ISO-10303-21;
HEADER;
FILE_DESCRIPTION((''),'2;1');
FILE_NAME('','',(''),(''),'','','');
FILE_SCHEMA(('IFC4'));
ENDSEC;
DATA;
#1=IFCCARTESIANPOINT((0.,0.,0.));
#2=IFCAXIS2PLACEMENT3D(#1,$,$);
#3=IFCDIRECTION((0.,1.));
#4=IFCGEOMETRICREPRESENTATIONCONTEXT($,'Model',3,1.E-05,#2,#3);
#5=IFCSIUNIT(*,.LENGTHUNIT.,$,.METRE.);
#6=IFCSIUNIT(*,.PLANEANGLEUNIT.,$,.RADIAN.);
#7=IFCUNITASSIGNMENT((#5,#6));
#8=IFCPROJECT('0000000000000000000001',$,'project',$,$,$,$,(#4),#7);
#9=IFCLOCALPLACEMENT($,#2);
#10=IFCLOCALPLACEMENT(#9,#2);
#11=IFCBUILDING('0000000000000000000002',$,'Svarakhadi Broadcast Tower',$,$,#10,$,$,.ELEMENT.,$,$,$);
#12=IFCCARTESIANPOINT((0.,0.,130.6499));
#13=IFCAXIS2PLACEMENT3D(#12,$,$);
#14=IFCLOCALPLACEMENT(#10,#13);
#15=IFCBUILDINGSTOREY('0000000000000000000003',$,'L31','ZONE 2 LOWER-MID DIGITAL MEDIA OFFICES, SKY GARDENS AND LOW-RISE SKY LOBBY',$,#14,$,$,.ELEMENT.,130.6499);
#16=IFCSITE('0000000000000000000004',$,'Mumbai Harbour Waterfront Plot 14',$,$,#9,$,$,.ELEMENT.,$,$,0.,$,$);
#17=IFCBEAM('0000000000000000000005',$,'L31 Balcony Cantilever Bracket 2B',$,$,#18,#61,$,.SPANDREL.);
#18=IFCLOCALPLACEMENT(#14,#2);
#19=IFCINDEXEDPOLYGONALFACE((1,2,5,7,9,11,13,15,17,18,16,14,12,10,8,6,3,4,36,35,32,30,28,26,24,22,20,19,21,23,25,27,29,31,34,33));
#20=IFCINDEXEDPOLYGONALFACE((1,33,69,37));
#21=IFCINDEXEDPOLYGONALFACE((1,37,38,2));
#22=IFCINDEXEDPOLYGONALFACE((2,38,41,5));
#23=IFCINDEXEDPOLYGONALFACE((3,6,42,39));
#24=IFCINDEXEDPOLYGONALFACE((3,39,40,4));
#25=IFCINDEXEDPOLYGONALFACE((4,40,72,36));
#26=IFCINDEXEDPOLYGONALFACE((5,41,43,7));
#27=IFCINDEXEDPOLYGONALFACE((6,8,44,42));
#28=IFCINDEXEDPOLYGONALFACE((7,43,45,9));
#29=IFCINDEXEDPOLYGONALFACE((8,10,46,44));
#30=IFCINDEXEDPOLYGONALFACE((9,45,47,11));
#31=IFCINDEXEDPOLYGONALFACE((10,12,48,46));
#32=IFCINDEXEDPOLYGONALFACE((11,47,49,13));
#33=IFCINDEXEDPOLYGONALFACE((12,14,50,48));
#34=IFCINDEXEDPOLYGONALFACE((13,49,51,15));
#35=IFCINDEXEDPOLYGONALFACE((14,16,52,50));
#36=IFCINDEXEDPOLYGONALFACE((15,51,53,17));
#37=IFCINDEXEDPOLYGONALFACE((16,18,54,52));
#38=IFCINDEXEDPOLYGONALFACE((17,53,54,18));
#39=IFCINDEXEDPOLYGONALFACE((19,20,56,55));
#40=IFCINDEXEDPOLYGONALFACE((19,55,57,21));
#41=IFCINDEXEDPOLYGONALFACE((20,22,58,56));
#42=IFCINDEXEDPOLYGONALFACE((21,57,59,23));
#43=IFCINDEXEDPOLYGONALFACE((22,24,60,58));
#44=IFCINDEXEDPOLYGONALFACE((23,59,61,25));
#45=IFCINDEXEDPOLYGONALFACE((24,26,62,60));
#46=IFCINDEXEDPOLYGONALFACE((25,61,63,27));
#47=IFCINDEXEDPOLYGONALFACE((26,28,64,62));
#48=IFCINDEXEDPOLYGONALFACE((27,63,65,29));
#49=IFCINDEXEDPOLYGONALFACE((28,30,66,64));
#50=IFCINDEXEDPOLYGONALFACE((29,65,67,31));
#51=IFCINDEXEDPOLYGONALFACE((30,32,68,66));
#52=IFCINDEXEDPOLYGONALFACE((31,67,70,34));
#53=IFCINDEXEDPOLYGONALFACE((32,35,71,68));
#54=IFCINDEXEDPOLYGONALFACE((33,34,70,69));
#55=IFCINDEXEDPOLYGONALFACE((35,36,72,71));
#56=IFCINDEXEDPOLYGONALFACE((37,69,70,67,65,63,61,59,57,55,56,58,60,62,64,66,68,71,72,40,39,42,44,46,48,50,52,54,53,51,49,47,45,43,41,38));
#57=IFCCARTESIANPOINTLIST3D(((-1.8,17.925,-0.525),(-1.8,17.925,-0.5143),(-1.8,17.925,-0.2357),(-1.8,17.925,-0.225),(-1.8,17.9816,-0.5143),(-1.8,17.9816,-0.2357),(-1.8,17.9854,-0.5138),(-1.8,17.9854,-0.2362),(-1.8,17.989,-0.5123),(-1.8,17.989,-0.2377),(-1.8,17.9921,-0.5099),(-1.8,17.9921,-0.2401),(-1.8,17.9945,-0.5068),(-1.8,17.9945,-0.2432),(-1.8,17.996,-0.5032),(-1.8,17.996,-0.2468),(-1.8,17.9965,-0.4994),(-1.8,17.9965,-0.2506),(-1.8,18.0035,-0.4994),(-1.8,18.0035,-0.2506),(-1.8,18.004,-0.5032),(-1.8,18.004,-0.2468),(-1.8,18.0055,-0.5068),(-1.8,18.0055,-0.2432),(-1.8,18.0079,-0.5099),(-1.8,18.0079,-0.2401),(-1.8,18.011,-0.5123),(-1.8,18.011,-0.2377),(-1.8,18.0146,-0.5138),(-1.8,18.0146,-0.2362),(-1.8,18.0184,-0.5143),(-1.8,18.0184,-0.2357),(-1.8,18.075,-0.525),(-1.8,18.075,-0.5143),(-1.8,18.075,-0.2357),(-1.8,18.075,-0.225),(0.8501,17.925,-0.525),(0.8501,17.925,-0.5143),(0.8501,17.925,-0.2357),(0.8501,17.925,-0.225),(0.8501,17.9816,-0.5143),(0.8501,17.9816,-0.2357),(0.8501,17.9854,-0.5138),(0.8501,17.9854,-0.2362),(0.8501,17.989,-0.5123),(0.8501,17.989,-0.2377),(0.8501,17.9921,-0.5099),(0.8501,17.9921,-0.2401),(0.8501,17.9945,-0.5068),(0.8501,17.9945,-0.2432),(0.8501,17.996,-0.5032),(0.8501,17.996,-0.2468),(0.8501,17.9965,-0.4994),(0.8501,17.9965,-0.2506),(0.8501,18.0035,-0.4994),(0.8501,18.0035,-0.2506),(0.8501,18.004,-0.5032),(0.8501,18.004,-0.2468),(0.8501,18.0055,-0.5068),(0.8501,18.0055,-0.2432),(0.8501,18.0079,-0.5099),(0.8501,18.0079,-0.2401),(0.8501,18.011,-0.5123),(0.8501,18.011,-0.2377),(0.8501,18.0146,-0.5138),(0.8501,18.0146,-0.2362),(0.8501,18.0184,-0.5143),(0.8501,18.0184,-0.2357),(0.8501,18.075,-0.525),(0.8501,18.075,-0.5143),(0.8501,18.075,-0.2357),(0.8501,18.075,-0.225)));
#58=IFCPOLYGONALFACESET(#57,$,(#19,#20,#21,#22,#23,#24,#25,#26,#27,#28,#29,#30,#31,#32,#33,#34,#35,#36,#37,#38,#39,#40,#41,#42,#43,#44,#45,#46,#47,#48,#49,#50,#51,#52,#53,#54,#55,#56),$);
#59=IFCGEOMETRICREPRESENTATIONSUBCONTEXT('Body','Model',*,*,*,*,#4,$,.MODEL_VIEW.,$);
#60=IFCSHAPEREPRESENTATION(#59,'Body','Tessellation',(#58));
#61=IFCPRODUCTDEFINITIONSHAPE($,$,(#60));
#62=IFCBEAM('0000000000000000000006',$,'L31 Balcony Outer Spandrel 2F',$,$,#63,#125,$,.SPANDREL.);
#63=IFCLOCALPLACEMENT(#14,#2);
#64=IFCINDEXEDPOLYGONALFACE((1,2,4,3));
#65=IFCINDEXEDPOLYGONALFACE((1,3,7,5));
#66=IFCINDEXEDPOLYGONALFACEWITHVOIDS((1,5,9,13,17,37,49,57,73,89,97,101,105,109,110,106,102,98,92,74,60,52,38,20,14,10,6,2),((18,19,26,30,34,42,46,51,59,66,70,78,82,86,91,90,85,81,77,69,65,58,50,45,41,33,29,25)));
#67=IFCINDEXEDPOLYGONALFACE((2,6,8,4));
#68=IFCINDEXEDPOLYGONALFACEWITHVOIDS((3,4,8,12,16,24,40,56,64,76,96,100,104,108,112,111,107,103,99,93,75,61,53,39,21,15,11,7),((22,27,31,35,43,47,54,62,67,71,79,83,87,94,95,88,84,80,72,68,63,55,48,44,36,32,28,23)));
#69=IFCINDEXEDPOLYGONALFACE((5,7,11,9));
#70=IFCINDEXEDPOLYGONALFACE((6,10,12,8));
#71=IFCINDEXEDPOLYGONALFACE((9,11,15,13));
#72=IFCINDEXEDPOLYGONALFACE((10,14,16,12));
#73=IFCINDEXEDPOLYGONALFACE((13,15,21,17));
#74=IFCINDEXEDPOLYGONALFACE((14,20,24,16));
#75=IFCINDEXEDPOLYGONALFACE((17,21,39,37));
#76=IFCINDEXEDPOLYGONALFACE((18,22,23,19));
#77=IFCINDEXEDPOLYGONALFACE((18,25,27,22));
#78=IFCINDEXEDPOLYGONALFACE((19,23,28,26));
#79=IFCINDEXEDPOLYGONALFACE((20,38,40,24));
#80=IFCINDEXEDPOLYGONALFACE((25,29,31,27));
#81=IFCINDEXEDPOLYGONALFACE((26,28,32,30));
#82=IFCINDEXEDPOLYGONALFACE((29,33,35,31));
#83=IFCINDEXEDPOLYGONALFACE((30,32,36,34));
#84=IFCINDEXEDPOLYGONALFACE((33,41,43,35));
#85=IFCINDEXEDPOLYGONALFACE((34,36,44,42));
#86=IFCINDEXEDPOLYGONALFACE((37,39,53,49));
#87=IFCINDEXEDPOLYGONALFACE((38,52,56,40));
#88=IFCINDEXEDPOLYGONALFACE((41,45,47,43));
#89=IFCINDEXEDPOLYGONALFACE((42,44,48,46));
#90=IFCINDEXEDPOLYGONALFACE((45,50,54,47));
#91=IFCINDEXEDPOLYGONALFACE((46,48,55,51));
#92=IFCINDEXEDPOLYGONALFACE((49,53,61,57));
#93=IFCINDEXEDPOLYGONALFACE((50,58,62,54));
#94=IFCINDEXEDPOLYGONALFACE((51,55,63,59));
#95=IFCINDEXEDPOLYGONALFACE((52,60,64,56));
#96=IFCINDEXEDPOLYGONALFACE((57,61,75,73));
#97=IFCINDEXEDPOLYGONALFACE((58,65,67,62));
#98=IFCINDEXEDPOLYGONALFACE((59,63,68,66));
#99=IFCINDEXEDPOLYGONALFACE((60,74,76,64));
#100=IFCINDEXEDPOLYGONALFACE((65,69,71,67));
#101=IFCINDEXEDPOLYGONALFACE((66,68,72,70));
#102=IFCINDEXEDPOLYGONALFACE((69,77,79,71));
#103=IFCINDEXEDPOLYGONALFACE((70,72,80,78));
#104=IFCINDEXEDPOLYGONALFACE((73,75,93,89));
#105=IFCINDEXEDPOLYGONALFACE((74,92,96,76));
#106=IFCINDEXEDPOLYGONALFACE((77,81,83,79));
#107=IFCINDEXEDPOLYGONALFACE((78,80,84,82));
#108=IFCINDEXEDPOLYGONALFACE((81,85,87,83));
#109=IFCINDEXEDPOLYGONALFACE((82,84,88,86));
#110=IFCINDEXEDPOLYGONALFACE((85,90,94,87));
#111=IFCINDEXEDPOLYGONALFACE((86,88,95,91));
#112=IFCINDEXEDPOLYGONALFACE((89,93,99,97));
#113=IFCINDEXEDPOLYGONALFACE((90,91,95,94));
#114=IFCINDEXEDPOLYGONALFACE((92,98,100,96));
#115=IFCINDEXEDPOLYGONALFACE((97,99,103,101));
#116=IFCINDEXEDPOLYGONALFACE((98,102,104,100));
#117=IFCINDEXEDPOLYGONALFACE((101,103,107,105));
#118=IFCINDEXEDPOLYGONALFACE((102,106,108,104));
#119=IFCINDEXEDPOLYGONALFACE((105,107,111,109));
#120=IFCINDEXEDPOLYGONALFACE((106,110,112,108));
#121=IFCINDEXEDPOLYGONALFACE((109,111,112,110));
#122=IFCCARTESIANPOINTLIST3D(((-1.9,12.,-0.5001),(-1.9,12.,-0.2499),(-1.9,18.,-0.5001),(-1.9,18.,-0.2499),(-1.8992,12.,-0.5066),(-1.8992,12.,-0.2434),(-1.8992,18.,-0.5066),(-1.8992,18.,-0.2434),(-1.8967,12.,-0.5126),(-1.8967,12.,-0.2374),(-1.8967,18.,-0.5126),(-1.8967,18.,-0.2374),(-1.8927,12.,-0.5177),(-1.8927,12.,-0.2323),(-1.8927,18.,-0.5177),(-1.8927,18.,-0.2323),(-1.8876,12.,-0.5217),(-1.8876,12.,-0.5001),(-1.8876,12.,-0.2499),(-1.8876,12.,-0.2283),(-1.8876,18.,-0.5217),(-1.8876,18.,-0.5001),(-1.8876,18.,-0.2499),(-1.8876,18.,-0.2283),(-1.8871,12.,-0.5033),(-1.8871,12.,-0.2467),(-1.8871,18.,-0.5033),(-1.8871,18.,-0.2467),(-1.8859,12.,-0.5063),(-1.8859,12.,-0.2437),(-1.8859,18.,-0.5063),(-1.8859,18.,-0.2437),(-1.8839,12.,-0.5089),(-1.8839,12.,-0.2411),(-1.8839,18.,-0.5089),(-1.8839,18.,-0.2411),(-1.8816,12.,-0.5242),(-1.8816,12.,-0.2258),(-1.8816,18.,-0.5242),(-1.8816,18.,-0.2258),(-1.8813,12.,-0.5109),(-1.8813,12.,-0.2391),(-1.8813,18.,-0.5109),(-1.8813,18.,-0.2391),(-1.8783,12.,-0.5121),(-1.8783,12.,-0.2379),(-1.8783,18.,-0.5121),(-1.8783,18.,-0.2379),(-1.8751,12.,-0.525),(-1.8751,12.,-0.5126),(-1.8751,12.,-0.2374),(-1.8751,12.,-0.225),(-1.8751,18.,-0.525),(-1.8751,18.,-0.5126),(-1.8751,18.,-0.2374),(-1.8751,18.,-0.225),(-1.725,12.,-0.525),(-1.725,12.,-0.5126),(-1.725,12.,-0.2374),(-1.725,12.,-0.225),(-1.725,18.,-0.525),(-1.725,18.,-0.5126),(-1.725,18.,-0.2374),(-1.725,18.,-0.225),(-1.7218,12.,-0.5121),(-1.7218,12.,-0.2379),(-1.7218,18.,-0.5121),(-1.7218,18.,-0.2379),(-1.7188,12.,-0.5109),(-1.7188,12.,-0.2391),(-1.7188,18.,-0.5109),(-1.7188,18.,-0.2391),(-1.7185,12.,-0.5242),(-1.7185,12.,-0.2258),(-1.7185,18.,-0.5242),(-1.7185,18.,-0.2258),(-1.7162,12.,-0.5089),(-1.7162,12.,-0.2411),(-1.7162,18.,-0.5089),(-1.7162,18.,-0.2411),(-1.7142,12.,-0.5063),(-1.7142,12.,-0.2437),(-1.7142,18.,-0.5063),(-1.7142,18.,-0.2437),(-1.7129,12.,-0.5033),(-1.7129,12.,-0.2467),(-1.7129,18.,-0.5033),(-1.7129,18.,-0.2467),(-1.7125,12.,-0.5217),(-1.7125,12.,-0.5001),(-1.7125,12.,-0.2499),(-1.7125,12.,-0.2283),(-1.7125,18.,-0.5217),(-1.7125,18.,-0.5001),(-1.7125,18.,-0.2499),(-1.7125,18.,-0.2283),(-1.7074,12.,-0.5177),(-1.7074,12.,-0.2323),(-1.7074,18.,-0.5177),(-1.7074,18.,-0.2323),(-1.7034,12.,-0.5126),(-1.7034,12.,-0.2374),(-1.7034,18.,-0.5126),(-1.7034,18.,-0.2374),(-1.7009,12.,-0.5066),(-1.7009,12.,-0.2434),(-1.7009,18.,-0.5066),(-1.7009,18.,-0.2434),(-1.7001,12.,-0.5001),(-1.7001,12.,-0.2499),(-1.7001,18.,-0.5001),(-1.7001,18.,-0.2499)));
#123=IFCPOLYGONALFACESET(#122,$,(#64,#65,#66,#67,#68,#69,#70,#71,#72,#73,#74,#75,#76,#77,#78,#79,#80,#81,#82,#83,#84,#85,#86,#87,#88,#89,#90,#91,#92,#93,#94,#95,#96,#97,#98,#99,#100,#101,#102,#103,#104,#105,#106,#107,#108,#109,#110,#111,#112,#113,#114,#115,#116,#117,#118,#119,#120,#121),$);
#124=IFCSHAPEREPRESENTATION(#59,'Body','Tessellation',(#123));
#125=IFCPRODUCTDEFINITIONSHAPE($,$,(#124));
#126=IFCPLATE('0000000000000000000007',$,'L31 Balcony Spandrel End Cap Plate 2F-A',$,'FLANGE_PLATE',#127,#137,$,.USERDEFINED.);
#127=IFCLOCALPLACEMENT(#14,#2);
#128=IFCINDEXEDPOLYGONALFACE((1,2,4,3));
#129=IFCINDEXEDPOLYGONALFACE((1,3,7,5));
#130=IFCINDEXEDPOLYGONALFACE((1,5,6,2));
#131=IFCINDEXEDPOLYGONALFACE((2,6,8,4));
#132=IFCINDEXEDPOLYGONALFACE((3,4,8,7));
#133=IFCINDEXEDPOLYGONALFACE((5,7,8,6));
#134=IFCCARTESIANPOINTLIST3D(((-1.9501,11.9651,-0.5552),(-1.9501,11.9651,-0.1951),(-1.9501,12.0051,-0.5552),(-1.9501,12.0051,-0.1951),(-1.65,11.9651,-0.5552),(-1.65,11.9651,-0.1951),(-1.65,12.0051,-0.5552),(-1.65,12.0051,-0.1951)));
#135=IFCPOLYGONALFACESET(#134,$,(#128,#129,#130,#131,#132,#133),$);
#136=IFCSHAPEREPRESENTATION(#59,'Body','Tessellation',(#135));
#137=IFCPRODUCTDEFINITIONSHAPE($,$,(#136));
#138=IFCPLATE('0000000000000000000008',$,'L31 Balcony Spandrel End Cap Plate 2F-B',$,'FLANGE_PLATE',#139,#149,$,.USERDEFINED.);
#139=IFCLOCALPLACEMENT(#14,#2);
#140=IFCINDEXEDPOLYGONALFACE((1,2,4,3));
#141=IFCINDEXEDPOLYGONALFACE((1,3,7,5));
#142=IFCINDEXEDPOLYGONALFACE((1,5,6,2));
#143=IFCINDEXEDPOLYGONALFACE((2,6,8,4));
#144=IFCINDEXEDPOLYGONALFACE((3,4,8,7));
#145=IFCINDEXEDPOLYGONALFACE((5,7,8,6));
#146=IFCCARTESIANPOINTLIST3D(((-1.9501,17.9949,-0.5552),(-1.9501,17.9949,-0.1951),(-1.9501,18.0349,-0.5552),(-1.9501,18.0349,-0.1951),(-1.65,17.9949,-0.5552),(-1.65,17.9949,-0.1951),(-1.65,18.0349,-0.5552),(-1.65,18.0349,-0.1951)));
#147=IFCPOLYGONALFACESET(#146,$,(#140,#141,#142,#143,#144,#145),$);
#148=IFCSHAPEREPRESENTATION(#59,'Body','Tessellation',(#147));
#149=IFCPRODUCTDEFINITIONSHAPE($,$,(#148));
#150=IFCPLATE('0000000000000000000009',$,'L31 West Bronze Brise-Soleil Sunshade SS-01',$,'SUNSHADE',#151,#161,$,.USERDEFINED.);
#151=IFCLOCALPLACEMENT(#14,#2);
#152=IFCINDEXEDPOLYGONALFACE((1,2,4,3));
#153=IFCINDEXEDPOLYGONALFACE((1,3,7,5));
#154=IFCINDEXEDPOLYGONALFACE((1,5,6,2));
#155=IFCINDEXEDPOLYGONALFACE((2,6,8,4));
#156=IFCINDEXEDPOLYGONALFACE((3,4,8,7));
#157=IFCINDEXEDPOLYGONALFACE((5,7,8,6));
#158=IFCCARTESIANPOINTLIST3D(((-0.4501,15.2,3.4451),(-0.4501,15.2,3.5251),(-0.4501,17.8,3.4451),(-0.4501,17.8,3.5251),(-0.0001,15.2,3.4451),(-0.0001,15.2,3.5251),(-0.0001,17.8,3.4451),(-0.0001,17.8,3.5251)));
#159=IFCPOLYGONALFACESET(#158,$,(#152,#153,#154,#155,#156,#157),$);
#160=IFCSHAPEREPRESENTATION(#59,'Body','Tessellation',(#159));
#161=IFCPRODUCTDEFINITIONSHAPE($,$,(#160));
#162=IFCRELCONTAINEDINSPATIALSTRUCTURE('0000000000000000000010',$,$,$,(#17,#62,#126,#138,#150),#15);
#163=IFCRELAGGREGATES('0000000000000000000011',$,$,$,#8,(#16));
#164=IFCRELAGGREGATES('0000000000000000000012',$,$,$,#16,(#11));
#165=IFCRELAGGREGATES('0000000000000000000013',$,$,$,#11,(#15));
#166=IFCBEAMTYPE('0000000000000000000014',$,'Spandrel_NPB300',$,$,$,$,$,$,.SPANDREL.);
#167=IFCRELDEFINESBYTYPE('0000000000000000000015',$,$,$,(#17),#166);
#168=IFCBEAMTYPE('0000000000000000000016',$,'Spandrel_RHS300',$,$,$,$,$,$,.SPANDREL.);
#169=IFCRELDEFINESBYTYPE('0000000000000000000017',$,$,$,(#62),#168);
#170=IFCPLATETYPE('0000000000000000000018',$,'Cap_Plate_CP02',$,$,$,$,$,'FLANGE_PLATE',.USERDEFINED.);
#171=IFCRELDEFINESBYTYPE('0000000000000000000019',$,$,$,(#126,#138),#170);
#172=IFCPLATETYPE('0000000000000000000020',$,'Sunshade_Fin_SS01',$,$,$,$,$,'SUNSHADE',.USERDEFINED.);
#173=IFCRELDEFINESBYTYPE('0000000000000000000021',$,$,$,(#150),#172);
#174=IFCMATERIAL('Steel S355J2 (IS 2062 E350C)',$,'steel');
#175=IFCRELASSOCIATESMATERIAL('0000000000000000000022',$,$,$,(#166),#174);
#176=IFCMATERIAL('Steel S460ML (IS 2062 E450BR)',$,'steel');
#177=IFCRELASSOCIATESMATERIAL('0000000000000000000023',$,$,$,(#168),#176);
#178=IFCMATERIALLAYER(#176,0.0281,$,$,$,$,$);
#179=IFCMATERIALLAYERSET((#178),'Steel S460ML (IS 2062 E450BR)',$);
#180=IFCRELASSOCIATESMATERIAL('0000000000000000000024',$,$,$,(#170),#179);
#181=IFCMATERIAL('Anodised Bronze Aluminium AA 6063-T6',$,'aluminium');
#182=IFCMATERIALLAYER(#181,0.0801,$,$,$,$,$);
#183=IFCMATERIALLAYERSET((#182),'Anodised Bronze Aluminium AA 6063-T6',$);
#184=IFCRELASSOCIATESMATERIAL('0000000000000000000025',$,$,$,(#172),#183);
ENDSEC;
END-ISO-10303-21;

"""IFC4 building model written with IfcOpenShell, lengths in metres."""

from ifc_helpers import new_model, si_unit, direction, frame, origin, origin_2d, place, context, subcontext, project, spatial, rectangle, hollow_rectangle, i_section, extrude, material, layer, layer_set, material_profile, profile_set, type_object, element, save


model = new_model("IFC4")

# Units and contexts
model_context = context("Model", 3, precision=1e-05, world=origin(), true_north=direction((0.0, 1.0)))
body_context = subcontext(model_context, "Body", "Model", "MODEL_VIEW")
ifc_project = project(units=[si_unit("LENGTHUNIT", "METRE"), si_unit("PLANEANGLEUNIT", "RADIAN")], contexts=[model_context])

# Site, building, storey
site_placement = place(None, origin())
site = spatial("IfcSite", under=ifc_project, at=site_placement, Name="Mumbai Harbour Waterfront Plot 14", CompositionType="ELEMENT", RefElevation=0.0)
building_placement = place(site_placement, origin())
building = spatial("IfcBuilding", under=site, at=building_placement, Name="Svarakhadi Broadcast Tower", CompositionType="ELEMENT")
storey_placement = place(building_placement, frame((0.0, 0.0, 130.6499)))
storey = spatial("IfcBuildingStorey", under=building, at=storey_placement, Name="L31", Description="ZONE 2 LOWER-MID DIGITAL MEDIA OFFICES, SKY GARDENS AND LOW-RISE SKY LOBBY", CompositionType="ELEMENT", Elevation=130.6499)

# Shared definitions
ifc_material_1 = material(Name="Steel S460ML (IS 2062 E450BR)", Category="steel")

# Shared definitions
ifc_material_2 = material(Name="Steel S355J2 (IS 2062 E350C)", Category="steel")

# Shared definitions
ifc_material_3 = material(Name="Anodised Bronze Aluminium AA 6063-T6", Category="aluminium")

# Beams
ifc_material_profile_1 = material_profile(ifc_material_2, i_section(OverallWidth=0.1499, OverallDepth=0.3, WebThickness=0.0071, FlangeThickness=0.0107, FilletRadius=0.0149, at=origin_2d()), Name="NPB 300x150x37")
ifc_profile_set_1 = profile_set([ifc_material_profile_1], Name="Steel S355J2 (IS 2062 E350C)")
beam_type_1 = type_object("IfcBeamType", Name="Spandrel_NPB300", PredefinedType="SPANDREL", material=ifc_profile_set_1)
for number, where, z_axis, x_axis, name in (
    (1, (0.8501, 18.0, -0.375), (-1.0, 0.0, 0.0), (0.0, -1.0, 0.0), "L31 Balcony Cantilever Bracket 2B"),
):
    element("IfcBeam", number, at=place(storey_placement, frame(where, z_axis=z_axis, x_axis=x_axis)), inside=storey, type_object=beam_type_1, Name=name, PredefinedType="SPANDREL", context=body_context, shape_type="SweptSolid", body=[
        extrude(i_section(OverallWidth=0.1499, OverallDepth=0.3, WebThickness=0.0071, FlangeThickness=0.0107, FilletRadius=0.0149, at=origin_2d()), origin(), (0.0, 0.0, 1.0), 2.6501),
    ])
ifc_material_profile_2 = material_profile(ifc_material_1, hollow_rectangle(XDim=0.2, YDim=0.3, WallThickness=0.0125, InnerFilletRadius=0.0125, OuterFilletRadius=0.0249, at=origin_2d()), Name="RHS 300x200x12.5")
ifc_profile_set_2 = profile_set([ifc_material_profile_2], Name="Steel S460ML (IS 2062 E450BR)")
beam_type_2 = type_object("IfcBeamType", Name="Spandrel_RHS300", PredefinedType="SPANDREL", material=ifc_profile_set_2)
beam_1_placement = place(storey_placement, frame((-1.8, 12.0, -0.375), z_axis=(0.0, 1.0, 0.0), x_axis=(-1.0, 0.0, 0.0)))
element("IfcBeam", 2, at=beam_1_placement, inside=storey, type_object=beam_type_2, Name="L31 Balcony Outer Spandrel 2F", PredefinedType="SPANDREL", context=body_context, shape_type="SweptSolid", body=[
    extrude(hollow_rectangle(XDim=0.2, YDim=0.3, WallThickness=0.0125, InnerFilletRadius=0.0125, OuterFilletRadius=0.0249, at=origin_2d()), origin(), (0.0, 0.0, 1.0), 6.0),
])

# Plates
ifc_layer_1 = layer(ifc_material_1, 0.0281)
ifc_layer_set_1 = layer_set([ifc_layer_1], Name="Steel S460ML (IS 2062 E450BR)")
plate_type_1 = type_object("IfcPlateType", Name="Cap_Plate_CP02", ElementType="FLANGE_PLATE", PredefinedType="USERDEFINED", material=ifc_layer_set_1)
for number, where, z_axis, x_axis, name in (
    (3, (-1.8, 11.9851, -0.5552), (0.0, 0.0, 1.0), (1.0, 0.0, 0.0), "L31 Balcony Spandrel End Cap Plate 2F-A"),
    (4, (-1.8, 18.0149, -0.5552), (0.0, 0.0, 1.0), (1.0, 0.0, 0.0), "L31 Balcony Spandrel End Cap Plate 2F-B"),
):
    element("IfcPlate", number, at=place(storey_placement, frame(where, z_axis=z_axis, x_axis=x_axis)), inside=storey, type_object=plate_type_1, Name=name, ObjectType="FLANGE_PLATE", PredefinedType="USERDEFINED", context=body_context, shape_type="SweptSolid", body=[
        extrude(rectangle(XDim=0.3, YDim=0.04, at=origin_2d()), origin(), (0.0, 0.0, 1.0), 0.3601),
    ])
ifc_layer_2 = layer(ifc_material_3, 0.0801)
ifc_layer_set_2 = layer_set([ifc_layer_2], Name="Anodised Bronze Aluminium AA 6063-T6")
plate_type_2 = type_object("IfcPlateType", Name="Sunshade_Fin_SS01", ElementType="SUNSHADE", PredefinedType="USERDEFINED", material=ifc_layer_set_2)
plate_placement = place(storey_placement, frame((-0.2251, 16.5, 3.4451), z_axis=(0.0, 0.0, 1.0), x_axis=(0.0, 1.0, 0.0)))
element("IfcPlate", 5, at=plate_placement, inside=storey, type_object=plate_type_2, Name="L31 West Bronze Brise-Soleil Sunshade SS-01", ObjectType="SUNSHADE", PredefinedType="USERDEFINED", context=body_context, shape_type="SweptSolid", body=[
    extrude(rectangle(XDim=2.6001, YDim=0.45, at=origin_2d()), origin(), (0.0, 0.0, 1.0), 0.0801),
])

save(model, "model.ifc")
